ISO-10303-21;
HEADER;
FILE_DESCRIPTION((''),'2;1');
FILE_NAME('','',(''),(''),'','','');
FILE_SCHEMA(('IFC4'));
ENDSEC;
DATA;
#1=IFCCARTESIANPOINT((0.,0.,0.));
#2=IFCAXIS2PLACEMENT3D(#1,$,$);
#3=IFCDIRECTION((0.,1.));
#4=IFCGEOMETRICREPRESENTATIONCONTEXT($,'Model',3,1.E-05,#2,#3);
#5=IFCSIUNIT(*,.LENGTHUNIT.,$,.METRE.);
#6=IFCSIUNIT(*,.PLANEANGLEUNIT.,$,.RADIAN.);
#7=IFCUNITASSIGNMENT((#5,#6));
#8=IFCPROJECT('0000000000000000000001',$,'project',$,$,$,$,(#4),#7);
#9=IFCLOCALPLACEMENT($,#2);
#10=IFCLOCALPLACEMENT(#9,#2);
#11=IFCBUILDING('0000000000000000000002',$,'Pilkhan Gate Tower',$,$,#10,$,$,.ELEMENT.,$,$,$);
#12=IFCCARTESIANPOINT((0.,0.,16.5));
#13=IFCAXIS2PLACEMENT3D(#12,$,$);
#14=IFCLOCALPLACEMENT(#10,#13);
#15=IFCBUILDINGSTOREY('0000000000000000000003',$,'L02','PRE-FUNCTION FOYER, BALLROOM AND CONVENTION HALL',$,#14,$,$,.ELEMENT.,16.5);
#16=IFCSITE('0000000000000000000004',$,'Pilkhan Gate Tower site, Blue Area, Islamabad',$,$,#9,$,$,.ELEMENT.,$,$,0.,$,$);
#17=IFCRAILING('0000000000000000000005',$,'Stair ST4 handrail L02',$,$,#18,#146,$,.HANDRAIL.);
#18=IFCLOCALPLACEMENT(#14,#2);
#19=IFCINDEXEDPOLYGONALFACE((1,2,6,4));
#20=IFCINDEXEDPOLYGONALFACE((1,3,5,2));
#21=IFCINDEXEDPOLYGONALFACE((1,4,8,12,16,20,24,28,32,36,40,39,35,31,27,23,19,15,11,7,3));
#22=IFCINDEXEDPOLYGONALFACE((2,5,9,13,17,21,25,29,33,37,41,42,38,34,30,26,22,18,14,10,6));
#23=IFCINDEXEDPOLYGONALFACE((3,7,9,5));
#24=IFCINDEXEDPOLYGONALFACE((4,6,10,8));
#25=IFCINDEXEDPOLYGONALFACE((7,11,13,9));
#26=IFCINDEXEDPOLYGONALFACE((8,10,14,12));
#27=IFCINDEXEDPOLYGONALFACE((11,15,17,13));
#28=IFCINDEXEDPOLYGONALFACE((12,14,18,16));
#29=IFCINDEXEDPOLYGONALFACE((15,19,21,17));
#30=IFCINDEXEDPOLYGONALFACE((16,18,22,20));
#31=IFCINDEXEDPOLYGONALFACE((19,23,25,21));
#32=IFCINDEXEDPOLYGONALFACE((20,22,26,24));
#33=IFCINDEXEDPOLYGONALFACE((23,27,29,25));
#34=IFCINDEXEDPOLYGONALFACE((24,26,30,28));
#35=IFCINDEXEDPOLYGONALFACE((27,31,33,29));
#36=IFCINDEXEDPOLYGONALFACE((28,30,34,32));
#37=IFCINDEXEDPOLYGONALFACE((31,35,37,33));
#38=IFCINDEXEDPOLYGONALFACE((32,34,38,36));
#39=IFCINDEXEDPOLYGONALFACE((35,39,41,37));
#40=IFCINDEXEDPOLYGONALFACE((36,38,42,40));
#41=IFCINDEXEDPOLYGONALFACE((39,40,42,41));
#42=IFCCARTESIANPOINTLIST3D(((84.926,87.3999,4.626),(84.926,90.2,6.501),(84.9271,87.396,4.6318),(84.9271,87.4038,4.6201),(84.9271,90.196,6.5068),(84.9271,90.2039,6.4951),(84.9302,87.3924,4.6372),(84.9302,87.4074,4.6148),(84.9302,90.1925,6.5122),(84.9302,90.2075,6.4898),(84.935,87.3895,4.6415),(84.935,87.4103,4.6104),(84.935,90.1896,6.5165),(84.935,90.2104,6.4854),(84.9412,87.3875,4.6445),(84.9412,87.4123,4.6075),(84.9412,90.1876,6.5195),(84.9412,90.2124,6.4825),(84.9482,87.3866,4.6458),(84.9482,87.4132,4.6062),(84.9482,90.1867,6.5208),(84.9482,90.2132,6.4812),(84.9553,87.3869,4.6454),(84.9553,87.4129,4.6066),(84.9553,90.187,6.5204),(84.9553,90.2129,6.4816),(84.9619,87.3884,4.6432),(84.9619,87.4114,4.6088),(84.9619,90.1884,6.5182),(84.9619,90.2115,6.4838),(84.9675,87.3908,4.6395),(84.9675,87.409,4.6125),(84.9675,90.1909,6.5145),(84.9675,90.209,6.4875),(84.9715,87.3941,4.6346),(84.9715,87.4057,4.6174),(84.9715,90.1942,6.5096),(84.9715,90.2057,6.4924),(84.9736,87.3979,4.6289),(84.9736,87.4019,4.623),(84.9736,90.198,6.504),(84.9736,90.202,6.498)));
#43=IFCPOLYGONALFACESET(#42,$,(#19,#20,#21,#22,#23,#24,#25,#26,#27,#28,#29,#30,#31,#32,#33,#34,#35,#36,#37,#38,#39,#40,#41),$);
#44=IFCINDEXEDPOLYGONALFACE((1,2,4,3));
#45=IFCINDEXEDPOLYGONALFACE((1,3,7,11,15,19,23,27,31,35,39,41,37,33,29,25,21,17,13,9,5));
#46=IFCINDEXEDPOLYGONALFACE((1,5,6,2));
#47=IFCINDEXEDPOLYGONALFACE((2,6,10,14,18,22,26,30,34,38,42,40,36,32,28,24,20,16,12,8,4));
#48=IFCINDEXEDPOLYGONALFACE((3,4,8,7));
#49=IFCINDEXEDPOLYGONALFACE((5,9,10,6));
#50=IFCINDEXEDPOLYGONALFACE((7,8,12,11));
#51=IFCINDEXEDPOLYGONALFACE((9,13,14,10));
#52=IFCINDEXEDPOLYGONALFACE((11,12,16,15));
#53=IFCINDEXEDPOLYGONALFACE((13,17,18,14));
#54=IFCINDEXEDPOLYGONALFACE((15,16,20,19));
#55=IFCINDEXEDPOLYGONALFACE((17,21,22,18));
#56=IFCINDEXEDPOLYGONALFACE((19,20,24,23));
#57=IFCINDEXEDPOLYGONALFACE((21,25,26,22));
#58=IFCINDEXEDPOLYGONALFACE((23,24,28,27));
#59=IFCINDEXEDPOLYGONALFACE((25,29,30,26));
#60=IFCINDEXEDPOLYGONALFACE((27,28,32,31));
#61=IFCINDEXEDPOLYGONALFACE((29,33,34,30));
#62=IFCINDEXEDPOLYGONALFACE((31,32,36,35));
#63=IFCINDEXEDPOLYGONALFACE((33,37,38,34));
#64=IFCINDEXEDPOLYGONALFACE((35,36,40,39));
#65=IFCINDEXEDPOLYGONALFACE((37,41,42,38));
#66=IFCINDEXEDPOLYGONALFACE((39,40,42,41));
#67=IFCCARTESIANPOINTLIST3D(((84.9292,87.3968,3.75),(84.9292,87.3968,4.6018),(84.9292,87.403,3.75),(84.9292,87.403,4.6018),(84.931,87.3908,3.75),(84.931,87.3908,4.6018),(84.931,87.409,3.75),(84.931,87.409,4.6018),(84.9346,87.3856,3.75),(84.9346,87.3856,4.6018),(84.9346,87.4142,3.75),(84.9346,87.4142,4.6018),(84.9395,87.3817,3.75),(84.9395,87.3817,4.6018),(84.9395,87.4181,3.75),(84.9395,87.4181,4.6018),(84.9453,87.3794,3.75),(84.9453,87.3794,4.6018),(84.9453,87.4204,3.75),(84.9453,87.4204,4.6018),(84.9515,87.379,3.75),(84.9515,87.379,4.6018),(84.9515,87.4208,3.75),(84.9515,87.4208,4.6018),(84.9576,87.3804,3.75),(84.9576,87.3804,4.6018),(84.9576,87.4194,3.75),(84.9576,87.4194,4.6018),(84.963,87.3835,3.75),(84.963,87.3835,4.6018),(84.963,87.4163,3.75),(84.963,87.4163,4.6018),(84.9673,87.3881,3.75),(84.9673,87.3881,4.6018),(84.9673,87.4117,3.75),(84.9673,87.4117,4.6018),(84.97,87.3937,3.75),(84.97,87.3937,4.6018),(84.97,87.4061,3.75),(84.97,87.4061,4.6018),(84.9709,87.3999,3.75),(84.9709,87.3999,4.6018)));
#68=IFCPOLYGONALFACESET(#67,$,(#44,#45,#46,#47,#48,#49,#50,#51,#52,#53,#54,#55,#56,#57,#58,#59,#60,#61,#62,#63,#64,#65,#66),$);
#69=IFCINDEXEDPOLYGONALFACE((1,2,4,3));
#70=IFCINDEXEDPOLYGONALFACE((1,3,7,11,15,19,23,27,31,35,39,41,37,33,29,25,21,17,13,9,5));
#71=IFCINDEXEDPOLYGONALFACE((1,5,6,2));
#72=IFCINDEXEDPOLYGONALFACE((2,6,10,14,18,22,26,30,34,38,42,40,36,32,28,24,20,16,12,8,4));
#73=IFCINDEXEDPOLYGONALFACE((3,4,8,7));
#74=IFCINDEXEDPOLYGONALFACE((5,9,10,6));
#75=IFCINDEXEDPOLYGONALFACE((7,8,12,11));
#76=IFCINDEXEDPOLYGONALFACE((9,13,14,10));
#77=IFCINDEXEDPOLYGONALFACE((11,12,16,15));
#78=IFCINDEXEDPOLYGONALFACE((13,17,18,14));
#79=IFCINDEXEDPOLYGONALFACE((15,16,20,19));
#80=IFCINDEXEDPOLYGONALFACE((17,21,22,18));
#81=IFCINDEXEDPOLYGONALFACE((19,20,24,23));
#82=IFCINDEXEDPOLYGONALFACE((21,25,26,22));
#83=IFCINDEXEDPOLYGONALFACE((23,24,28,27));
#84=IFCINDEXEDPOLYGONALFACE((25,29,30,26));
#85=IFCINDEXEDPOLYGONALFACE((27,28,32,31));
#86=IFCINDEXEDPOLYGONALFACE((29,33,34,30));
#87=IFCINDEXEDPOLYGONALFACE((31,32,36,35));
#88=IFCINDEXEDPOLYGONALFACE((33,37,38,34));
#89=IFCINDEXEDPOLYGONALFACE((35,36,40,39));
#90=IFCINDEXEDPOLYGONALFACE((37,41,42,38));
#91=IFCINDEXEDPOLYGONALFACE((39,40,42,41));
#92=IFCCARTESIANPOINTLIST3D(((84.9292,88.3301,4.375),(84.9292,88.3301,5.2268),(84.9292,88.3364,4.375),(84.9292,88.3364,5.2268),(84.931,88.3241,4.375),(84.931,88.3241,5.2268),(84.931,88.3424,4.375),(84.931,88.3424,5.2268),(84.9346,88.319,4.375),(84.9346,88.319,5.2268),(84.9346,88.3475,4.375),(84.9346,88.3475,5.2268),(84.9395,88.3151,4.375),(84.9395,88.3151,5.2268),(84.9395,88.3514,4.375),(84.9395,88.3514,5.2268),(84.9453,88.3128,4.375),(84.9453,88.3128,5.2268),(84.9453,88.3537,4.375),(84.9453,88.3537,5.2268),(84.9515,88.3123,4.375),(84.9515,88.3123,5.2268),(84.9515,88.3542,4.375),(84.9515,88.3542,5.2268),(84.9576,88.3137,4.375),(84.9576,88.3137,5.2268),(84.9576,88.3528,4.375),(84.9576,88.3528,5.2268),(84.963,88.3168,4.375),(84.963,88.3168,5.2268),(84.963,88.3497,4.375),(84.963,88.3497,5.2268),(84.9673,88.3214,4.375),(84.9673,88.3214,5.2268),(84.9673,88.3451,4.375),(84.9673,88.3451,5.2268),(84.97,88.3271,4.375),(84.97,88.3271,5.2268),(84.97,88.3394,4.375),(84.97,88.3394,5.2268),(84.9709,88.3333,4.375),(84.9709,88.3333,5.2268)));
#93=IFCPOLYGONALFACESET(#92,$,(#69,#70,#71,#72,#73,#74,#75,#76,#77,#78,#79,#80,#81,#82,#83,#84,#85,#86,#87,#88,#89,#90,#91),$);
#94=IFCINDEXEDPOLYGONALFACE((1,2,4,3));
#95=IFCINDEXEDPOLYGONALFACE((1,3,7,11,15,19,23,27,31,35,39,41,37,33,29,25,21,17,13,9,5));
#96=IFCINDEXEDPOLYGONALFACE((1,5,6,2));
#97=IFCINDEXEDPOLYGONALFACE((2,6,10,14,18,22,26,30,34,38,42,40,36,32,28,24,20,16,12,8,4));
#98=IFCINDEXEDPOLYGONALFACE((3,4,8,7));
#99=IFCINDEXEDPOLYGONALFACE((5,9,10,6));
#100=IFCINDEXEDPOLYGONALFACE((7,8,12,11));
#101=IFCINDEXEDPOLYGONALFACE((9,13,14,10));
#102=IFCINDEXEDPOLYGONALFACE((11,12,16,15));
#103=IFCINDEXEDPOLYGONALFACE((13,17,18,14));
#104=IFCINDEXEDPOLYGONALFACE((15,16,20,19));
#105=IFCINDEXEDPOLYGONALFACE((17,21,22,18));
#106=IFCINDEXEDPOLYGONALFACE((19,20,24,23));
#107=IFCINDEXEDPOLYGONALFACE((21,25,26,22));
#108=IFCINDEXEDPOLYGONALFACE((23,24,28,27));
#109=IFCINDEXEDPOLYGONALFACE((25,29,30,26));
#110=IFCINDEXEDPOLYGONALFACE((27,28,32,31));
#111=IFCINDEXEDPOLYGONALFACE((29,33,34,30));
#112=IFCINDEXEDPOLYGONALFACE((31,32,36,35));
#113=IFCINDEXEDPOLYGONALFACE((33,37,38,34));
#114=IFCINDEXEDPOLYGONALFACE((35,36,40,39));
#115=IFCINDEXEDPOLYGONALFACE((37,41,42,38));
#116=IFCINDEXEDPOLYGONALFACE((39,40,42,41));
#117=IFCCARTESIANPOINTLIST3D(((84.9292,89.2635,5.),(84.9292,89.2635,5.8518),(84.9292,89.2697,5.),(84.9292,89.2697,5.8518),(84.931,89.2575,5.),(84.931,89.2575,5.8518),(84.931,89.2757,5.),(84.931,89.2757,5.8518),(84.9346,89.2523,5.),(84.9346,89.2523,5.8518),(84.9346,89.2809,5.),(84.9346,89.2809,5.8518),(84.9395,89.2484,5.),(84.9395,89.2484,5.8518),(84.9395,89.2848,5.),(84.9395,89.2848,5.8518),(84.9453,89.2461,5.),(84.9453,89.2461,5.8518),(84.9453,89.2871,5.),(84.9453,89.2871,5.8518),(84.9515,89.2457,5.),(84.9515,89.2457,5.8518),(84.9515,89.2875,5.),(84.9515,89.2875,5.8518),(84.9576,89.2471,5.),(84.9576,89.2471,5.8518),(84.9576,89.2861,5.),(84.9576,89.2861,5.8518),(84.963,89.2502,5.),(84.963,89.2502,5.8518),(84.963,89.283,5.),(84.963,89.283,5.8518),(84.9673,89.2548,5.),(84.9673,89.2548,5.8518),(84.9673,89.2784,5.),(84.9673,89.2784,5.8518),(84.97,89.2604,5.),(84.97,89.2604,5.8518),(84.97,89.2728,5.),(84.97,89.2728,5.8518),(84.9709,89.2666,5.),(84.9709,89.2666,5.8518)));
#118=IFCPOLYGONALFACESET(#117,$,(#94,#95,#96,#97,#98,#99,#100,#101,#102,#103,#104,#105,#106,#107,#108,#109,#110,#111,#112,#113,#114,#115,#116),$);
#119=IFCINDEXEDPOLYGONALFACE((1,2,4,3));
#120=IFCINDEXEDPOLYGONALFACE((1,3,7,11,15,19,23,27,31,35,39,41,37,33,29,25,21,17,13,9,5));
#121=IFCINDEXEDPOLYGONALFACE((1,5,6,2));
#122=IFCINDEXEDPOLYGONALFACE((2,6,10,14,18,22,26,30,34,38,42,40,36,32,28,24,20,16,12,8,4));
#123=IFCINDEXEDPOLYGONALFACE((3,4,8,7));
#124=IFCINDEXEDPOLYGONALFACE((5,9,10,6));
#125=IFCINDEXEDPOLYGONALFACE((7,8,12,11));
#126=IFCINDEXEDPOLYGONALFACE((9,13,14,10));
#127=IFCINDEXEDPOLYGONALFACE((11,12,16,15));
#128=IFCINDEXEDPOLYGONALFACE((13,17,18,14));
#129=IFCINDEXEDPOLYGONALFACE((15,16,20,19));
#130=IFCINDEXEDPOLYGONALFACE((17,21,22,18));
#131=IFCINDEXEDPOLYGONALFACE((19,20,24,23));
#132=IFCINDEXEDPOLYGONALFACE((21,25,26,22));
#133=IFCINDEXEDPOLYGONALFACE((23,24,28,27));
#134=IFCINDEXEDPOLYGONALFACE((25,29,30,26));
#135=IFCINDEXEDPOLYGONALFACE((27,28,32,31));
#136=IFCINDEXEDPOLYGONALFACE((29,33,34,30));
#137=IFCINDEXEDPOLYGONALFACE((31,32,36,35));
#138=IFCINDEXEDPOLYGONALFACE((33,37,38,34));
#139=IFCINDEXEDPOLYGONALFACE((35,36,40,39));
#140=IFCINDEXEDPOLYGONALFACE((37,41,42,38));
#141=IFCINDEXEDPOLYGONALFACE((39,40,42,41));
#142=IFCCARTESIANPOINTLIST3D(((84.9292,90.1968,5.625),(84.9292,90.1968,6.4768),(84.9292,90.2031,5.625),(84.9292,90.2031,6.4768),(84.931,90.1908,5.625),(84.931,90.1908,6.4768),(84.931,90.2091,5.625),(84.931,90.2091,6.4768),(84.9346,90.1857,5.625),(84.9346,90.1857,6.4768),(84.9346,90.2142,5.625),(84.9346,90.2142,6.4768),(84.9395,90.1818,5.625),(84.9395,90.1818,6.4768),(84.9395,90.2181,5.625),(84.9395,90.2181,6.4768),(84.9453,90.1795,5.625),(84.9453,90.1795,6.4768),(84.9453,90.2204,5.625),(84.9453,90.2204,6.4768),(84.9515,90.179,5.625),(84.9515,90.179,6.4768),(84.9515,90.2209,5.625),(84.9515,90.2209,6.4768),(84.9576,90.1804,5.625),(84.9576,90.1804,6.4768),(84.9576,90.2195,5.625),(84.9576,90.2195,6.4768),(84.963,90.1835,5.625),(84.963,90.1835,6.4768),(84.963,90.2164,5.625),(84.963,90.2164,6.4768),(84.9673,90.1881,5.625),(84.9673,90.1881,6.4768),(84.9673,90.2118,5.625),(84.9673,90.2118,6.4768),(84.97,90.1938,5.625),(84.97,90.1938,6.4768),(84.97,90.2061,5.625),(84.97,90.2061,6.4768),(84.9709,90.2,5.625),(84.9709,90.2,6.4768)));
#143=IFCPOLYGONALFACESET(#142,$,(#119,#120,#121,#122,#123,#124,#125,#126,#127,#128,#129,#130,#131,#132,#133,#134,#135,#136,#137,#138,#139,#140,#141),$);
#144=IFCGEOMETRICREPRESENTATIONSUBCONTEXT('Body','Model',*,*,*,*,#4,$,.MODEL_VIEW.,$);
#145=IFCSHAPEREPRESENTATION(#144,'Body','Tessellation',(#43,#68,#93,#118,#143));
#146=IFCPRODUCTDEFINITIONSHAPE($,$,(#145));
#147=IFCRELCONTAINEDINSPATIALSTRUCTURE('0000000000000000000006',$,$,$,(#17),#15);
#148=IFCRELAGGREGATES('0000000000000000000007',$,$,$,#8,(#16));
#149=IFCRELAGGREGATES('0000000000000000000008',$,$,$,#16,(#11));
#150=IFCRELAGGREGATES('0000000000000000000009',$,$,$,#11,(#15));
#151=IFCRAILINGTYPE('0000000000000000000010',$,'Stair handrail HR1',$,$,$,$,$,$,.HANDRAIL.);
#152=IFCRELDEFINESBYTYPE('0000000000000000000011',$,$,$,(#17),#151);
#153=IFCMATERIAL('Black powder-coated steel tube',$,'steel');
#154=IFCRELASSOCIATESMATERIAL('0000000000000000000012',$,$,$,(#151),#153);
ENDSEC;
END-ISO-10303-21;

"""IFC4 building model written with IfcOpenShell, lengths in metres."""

from ifc_helpers import new_model, si_unit, direction, frame, origin, origin_2d, place, context, subcontext, project, spatial, circle, extrude, material, type_object, element, save


model = new_model("IFC4")

# Units and contexts
model_context = context("Model", 3, precision=1e-05, world=origin(), true_north=direction((0.0, 1.0)))
body_context = subcontext(model_context, "Body", "Model", "MODEL_VIEW")
ifc_project = project(units=[si_unit("LENGTHUNIT", "METRE"), si_unit("PLANEANGLEUNIT", "RADIAN")], contexts=[model_context])

# Site, building, storey
site_placement = place(None, origin())
site = spatial("IfcSite", under=ifc_project, at=site_placement, Name="Pilkhan Gate Tower site, Blue Area, Islamabad", CompositionType="ELEMENT", RefElevation=0.0)
building_placement = place(site_placement, origin())
building = spatial("IfcBuilding", under=site, at=building_placement, Name="Pilkhan Gate Tower", CompositionType="ELEMENT")
storey_placement = place(building_placement, frame((0.0, 0.0, 16.5)))
storey = spatial("IfcBuildingStorey", under=building, at=storey_placement, Name="L02", Description="PRE-FUNCTION FOYER, BALLROOM AND CONVENTION HALL", CompositionType="ELEMENT", Elevation=16.5)

# Railing
ifc_material_1 = material(Name="Black powder-coated steel tube", Category="steel")
railing_type = type_object("IfcRailingType", Name="Stair handrail HR1", PredefinedType="HANDRAIL", material=ifc_material_1)
for number, where, name in (
    (1, (84.95, 87.3999, 3.75), "Stair ST4 handrail L02"),
):
    element("IfcRailing", number, at=place(storey_placement, frame(where)), inside=storey, type_object=railing_type, Name=name, PredefinedType="HANDRAIL", context=body_context, shape_type="SweptSolid", body=[
        extrude(circle(Radius=0.0239, at=origin_2d()), frame((0.0, 0.0, 0.876), z_axis=(0.0, 0.830912, 0.556404), x_axis=(-1.0, 0.0, 0.0)), (0.0, 0.0, 1.0), 3.3699),
        extrude(circle(Radius=0.021, at=origin_2d()), origin(), (0.0, 0.0, 1.0), 0.8518),
        extrude(circle(Radius=0.021, at=origin_2d()), frame((0.0, 0.9333, 0.625)), (0.0, 0.0, 1.0), 0.8518),
        extrude(circle(Radius=0.021, at=origin_2d()), frame((0.0, 1.8667, 1.25)), (0.0, 0.0, 1.0), 0.8518),
        extrude(circle(Radius=0.021, at=origin_2d()), frame((0.0, 2.8, 1.875)), (0.0, 0.0, 1.0), 0.8518),
    ])

save(model, "model.ifc")
